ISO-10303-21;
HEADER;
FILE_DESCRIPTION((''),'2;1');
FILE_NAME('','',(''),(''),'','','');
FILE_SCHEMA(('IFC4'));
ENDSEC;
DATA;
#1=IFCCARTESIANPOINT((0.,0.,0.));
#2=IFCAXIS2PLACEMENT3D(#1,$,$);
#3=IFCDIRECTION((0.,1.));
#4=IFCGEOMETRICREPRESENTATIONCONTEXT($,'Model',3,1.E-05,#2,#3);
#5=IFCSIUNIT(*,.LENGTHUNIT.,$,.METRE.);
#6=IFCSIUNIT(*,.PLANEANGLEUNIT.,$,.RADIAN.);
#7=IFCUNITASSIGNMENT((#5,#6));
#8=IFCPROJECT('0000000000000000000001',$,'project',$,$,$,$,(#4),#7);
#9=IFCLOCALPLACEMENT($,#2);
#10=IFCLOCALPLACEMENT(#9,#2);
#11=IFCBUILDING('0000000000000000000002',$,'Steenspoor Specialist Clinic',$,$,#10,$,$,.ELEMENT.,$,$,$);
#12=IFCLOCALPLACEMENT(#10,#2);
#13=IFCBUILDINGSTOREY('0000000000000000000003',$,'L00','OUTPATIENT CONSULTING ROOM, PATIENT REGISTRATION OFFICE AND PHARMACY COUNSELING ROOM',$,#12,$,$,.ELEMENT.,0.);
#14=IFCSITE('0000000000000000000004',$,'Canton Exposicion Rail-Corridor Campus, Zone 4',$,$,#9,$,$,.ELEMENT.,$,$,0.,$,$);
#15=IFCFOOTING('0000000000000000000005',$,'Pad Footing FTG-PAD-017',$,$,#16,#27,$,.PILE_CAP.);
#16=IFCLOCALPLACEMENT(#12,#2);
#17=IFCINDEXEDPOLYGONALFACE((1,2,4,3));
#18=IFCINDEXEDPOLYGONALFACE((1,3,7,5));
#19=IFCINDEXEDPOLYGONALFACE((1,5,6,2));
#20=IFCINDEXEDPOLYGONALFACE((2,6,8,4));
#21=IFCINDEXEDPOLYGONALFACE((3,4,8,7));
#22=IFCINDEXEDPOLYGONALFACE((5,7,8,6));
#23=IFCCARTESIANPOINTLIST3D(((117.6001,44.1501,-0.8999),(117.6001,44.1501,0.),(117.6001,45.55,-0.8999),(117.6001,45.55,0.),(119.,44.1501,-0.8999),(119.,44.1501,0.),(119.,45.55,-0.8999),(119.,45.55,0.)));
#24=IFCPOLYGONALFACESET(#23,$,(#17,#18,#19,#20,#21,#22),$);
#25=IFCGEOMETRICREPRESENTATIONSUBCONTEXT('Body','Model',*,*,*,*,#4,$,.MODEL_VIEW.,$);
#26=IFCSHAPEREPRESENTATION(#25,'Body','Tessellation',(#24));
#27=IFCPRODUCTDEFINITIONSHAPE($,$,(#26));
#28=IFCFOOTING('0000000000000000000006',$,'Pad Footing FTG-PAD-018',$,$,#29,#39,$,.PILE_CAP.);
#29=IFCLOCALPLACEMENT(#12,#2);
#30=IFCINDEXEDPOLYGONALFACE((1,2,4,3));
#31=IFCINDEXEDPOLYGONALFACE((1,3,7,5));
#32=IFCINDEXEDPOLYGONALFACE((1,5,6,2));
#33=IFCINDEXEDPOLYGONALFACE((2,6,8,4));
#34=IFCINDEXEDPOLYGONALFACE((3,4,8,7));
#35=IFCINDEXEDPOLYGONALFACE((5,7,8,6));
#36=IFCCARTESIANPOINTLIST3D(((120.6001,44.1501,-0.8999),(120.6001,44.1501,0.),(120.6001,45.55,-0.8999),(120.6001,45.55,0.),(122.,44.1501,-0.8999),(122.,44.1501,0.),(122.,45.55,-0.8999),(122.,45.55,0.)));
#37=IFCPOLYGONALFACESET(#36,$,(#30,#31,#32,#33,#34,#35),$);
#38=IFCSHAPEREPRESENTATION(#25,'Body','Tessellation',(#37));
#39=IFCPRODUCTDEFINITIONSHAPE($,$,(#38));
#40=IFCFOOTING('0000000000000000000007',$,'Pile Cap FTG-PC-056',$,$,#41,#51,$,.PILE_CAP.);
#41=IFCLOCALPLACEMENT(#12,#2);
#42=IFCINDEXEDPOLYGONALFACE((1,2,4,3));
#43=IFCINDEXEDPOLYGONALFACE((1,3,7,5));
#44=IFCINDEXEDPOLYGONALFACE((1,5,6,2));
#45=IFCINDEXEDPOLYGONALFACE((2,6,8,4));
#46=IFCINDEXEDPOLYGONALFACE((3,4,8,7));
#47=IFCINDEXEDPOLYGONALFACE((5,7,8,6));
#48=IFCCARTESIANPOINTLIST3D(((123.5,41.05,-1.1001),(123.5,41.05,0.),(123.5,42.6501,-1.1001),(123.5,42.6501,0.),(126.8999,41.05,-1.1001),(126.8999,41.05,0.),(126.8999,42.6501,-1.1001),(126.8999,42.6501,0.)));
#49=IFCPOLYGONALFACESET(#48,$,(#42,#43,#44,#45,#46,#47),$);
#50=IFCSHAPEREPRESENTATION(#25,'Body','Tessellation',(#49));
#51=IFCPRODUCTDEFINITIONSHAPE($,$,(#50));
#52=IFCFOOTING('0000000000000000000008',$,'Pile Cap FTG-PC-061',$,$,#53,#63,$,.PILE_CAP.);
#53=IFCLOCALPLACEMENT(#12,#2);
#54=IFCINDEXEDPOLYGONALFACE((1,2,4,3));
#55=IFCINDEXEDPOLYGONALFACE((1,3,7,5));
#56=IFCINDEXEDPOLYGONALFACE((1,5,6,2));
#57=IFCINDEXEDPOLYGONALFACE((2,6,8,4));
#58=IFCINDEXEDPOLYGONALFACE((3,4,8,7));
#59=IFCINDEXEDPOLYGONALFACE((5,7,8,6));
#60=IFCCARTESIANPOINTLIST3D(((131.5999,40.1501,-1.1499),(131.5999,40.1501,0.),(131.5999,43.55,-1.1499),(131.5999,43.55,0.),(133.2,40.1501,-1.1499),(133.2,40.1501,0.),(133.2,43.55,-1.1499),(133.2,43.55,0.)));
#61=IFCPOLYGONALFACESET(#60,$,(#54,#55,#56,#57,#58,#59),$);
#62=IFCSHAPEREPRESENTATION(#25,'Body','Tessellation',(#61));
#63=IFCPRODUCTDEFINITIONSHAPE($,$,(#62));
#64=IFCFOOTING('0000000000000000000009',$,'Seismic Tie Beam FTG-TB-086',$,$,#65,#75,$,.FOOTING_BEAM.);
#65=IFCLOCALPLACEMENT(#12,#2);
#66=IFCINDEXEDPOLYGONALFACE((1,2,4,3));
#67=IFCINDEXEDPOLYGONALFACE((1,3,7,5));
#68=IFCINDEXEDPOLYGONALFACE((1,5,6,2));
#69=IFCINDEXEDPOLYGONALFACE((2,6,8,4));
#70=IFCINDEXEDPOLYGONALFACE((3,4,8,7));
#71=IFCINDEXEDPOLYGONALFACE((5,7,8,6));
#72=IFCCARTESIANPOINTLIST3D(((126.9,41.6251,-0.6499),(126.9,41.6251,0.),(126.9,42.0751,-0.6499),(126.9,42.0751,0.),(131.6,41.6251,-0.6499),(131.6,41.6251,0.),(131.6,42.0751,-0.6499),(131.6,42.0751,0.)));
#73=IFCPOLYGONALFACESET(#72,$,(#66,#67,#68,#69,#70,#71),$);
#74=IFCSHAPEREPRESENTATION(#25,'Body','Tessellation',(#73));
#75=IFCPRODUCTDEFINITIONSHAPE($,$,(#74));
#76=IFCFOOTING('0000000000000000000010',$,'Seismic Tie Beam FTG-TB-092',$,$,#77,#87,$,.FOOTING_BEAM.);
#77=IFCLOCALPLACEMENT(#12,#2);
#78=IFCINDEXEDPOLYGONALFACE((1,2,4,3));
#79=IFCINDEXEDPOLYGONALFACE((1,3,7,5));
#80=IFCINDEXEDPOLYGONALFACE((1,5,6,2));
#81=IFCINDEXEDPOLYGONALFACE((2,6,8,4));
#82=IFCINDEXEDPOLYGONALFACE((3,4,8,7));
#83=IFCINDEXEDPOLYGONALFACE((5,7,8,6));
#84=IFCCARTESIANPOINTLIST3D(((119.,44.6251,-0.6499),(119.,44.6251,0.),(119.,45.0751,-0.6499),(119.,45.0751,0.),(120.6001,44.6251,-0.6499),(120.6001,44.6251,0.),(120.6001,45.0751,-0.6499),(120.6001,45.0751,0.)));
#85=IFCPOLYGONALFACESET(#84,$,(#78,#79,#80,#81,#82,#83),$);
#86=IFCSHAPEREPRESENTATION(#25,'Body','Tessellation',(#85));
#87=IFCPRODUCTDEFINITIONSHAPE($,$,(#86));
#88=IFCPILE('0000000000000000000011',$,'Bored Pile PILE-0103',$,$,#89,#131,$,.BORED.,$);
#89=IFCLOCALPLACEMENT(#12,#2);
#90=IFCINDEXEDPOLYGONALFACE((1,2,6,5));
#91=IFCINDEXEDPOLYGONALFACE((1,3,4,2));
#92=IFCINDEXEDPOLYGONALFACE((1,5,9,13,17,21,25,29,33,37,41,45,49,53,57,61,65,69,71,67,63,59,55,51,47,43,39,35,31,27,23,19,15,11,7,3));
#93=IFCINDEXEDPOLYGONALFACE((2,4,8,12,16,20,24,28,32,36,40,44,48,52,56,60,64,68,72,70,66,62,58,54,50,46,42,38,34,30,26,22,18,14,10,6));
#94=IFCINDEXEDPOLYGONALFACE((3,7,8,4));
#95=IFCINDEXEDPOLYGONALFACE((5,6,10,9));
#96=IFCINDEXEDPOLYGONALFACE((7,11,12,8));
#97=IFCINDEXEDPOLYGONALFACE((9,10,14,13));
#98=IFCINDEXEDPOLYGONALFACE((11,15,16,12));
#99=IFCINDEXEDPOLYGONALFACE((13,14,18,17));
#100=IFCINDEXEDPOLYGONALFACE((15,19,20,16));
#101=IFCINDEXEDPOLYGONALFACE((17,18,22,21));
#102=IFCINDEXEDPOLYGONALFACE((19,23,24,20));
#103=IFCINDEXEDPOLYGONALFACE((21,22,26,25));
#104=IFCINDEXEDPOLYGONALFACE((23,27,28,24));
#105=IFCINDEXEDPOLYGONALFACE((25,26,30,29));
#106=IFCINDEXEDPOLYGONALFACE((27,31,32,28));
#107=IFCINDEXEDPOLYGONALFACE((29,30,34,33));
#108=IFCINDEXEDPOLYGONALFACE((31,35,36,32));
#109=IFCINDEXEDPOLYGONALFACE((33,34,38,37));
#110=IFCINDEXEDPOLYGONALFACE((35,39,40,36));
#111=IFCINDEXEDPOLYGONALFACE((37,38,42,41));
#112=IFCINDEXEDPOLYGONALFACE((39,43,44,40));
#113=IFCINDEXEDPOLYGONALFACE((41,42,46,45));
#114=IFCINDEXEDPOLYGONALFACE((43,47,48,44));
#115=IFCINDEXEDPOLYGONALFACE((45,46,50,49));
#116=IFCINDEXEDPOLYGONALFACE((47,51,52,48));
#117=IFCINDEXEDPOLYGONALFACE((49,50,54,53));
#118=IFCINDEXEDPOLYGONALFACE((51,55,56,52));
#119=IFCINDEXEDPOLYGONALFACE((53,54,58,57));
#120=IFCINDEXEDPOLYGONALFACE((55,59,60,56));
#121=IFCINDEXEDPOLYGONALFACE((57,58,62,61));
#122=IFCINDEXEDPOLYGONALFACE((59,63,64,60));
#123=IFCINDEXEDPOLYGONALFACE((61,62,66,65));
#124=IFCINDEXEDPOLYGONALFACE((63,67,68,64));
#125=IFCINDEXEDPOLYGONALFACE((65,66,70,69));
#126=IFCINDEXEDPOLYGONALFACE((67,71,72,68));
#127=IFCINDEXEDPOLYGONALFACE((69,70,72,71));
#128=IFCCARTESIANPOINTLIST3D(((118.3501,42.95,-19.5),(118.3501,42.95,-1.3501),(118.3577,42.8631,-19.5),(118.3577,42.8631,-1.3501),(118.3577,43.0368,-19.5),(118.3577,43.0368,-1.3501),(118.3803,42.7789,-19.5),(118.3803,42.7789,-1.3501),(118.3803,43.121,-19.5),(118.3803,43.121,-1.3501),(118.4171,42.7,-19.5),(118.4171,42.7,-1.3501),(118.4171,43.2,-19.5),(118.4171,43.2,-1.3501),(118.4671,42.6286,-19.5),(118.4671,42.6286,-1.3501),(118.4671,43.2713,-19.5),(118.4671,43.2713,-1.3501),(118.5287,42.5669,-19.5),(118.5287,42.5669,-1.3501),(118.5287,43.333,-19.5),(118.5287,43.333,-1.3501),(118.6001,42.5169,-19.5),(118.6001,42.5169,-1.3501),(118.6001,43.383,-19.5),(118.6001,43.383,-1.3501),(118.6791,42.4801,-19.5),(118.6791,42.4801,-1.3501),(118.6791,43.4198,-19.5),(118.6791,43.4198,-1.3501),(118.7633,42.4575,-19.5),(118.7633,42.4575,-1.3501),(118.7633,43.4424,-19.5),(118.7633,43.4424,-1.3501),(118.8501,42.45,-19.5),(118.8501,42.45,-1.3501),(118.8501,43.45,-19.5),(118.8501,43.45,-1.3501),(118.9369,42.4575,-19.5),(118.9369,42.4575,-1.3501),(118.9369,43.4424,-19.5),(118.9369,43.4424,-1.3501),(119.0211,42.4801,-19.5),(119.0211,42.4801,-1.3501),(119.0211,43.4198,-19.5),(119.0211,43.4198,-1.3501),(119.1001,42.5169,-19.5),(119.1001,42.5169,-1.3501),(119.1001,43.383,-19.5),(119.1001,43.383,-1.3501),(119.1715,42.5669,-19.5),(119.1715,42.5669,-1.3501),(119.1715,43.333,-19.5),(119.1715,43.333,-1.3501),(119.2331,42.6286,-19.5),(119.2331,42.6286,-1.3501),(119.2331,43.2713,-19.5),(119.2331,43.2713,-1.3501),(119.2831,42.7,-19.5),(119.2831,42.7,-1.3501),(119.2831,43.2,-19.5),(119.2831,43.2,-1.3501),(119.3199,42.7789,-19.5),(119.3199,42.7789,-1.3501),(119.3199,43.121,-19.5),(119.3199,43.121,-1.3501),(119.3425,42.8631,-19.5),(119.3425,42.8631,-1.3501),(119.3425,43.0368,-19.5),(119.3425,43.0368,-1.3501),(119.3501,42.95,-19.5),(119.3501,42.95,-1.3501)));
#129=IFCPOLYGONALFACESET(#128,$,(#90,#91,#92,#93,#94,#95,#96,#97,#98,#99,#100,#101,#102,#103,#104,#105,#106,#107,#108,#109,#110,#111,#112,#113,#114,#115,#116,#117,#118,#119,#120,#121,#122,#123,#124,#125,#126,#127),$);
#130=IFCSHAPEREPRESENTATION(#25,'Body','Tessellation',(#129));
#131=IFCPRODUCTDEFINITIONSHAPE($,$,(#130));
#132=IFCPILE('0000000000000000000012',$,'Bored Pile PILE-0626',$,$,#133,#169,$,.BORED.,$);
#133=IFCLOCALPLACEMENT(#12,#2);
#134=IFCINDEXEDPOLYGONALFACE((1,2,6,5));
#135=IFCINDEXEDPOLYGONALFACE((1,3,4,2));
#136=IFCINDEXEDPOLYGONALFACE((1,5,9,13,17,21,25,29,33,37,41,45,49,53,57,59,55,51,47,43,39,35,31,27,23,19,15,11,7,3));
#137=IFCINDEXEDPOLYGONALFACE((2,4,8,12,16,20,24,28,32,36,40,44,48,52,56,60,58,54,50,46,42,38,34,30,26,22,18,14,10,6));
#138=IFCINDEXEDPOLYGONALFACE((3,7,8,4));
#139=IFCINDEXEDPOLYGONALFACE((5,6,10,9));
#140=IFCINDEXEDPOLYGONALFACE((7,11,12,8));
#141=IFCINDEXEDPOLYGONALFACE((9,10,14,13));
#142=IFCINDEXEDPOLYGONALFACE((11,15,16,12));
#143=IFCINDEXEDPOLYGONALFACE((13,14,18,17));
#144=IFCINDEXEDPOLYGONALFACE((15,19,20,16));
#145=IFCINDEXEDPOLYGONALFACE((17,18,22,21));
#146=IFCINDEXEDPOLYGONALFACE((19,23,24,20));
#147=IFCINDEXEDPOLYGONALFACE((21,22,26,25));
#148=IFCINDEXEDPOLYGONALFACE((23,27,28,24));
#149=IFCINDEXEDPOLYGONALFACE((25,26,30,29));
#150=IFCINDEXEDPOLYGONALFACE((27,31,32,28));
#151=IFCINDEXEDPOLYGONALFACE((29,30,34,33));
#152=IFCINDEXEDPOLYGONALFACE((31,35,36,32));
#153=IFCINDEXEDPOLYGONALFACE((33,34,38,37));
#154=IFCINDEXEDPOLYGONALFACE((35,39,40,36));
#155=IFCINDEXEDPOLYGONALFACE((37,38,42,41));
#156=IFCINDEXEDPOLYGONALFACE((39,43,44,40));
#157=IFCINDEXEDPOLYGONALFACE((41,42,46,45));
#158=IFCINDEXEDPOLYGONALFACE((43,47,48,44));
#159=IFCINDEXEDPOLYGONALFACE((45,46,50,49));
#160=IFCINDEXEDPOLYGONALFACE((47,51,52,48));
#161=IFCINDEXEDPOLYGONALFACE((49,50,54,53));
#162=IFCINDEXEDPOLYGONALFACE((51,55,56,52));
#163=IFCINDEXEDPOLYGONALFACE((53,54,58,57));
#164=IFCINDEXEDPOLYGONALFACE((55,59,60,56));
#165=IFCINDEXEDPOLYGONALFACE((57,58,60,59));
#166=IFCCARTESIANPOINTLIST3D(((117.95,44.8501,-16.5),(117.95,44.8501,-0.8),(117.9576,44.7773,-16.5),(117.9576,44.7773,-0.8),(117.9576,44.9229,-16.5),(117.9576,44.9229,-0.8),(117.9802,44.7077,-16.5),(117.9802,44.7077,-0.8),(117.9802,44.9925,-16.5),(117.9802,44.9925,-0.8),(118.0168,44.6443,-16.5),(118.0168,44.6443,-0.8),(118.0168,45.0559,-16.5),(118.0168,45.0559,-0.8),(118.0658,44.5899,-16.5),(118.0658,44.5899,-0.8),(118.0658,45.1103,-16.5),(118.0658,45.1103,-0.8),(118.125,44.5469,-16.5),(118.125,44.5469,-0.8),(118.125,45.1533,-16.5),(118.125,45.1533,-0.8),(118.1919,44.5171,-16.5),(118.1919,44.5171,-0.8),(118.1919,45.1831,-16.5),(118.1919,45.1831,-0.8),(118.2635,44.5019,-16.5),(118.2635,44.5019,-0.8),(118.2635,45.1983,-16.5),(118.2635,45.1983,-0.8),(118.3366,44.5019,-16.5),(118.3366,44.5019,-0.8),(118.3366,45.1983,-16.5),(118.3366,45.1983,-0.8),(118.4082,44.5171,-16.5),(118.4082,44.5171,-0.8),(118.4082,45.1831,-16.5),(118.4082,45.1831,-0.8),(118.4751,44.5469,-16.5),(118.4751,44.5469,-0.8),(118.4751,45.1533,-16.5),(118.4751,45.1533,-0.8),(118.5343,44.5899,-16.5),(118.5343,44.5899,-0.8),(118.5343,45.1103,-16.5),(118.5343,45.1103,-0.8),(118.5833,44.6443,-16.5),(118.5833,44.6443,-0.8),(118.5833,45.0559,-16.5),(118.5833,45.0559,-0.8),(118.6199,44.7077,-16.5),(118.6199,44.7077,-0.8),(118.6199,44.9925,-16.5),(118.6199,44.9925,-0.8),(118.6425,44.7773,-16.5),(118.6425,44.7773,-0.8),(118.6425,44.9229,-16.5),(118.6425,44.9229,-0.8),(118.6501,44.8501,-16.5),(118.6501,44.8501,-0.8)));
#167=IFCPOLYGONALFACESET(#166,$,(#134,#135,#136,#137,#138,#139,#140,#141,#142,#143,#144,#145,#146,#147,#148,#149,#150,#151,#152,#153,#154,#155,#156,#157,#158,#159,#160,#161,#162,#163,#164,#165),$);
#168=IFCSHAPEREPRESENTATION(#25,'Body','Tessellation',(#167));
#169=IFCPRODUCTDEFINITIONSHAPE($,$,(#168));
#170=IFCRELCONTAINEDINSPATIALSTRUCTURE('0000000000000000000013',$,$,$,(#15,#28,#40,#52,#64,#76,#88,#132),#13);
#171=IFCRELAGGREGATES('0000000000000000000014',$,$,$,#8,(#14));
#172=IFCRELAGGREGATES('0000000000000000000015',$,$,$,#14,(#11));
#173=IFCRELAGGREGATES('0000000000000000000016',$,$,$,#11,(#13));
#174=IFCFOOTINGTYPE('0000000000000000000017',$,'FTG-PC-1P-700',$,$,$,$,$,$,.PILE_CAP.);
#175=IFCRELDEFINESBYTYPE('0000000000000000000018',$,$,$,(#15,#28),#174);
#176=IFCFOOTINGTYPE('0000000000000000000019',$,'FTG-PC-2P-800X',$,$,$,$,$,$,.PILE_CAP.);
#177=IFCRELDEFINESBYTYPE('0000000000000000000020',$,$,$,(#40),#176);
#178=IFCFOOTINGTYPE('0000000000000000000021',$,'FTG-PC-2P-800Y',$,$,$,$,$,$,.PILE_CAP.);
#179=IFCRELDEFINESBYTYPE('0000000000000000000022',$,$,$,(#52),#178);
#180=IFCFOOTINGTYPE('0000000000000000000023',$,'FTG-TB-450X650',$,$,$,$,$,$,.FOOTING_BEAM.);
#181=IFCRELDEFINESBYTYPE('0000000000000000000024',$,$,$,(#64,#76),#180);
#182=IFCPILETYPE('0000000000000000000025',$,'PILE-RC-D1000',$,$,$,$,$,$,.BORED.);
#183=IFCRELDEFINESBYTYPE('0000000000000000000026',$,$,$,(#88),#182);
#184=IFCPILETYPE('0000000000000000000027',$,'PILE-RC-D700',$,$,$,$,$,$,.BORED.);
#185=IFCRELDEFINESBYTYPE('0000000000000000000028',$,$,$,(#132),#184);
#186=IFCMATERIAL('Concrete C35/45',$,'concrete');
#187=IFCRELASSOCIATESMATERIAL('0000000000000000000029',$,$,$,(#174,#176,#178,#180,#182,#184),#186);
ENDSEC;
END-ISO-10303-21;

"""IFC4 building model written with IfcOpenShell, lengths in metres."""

from ifc_helpers import new_model, si_unit, direction, frame, origin, origin_2d, place, context, subcontext, project, spatial, rectangle, circle, extrude, material, material_profile, profile_set, type_object, element, save


model = new_model("IFC4")

# Units and contexts
model_context = context("Model", 3, precision=1e-05, world=origin(), true_north=direction((0.0, 1.0)))
body_context = subcontext(model_context, "Body", "Model", "MODEL_VIEW")
ifc_project = project(units=[si_unit("LENGTHUNIT", "METRE"), si_unit("PLANEANGLEUNIT", "RADIAN")], contexts=[model_context])

# Site, building, storey
site_placement = place(None, origin())
site = spatial("IfcSite", under=ifc_project, at=site_placement, Name="Canton Exposicion Rail-Corridor Campus, Zone 4", CompositionType="ELEMENT", RefElevation=0.0)
building_placement = place(site_placement, origin())
building = spatial("IfcBuilding", under=site, at=building_placement, Name="Steenspoor Specialist Clinic", CompositionType="ELEMENT")
storey_placement = place(building_placement, origin())
storey = spatial("IfcBuildingStorey", under=building, at=storey_placement, Name="L00", Description="OUTPATIENT CONSULTING ROOM, PATIENT REGISTRATION OFFICE AND PHARMACY COUNSELING ROOM", CompositionType="ELEMENT", Elevation=0.0)

# Footings
ifc_material_1 = material(Name="Concrete C35/45", Category="concrete")
footing_type_1 = type_object("IfcFootingType", Name="FTG-PC-1P-700", PredefinedType="PILE_CAP", material=ifc_material_1)
for number, where, z_axis, x_axis, name in (
    (1, (118.3, 44.8501, -0.8999), (0.0, 0.0, 1.0), (1.0, 0.0, 0.0), "Pad Footing FTG-PAD-017"),
    (2, (121.3, 44.8501, -0.8999), (0.0, 0.0, 1.0), (1.0, 0.0, 0.0), "Pad Footing FTG-PAD-018"),
):
    element("IfcFooting", number, at=place(storey_placement, frame(where, z_axis=z_axis, x_axis=x_axis)), inside=storey, type_object=footing_type_1, Name=name, PredefinedType="PILE_CAP", context=body_context, shape_type="SweptSolid", body=[
        extrude(rectangle(XDim=1.3999, YDim=1.3999, at=origin_2d()), origin(), (0.0, 0.0, 1.0), 0.8999),
    ])
footing_type_2 = type_object("IfcFootingType", Name="FTG-PC-2P-800X", PredefinedType="PILE_CAP", material=ifc_material_1)
footing_1_placement = place(storey_placement, frame((125.2, 41.8501, -1.1001), z_axis=(0.0, 0.0, 1.0), x_axis=(1.0, 0.0, 0.0)))
element("IfcFooting", 3, at=footing_1_placement, inside=storey, type_object=footing_type_2, Name="Pile Cap FTG-PC-056", PredefinedType="PILE_CAP", context=body_context, shape_type="SweptSolid", body=[
    extrude(rectangle(XDim=3.3999, YDim=1.6001, at=origin_2d()), origin(), (0.0, 0.0, 1.0), 1.1001),
])
footing_type_3 = type_object("IfcFootingType", Name="FTG-PC-2P-800Y", PredefinedType="PILE_CAP", material=ifc_material_1)
footing_2_placement = place(storey_placement, frame((132.3999, 41.8501, -1.1499), z_axis=(0.0, 0.0, 1.0), x_axis=(1.0, 0.0, 0.0)))
element("IfcFooting", 4, at=footing_2_placement, inside=storey, type_object=footing_type_3, Name="Pile Cap FTG-PC-061", PredefinedType="PILE_CAP", context=body_context, shape_type="SweptSolid", body=[
    extrude(rectangle(XDim=1.6001, YDim=3.3999, at=origin_2d()), origin(), (0.0, 0.0, 1.0), 1.1499),
])
footing_type_4 = type_object("IfcFootingType", Name="FTG-TB-450X650", PredefinedType="FOOTING_BEAM", material=ifc_material_1)
footing_3_placement = place(storey_placement, frame((129.25, 41.8501, -0.6499), z_axis=(0.0, 0.0, 1.0), x_axis=(1.0, 0.0, 0.0)))
element("IfcFooting", 5, at=footing_3_placement, inside=storey, type_object=footing_type_4, Name="Seismic Tie Beam FTG-TB-086", PredefinedType="FOOTING_BEAM", context=body_context, shape_type="SweptSolid", body=[
    extrude(rectangle(XDim=4.7, YDim=0.45, at=origin_2d()), origin(), (0.0, 0.0, 1.0), 0.6499),
])
footing_4_placement = place(storey_placement, frame((119.8, 44.8501, -0.6499), z_axis=(0.0, 0.0, 1.0), x_axis=(1.0, 0.0, 0.0)))
element("IfcFooting", 6, at=footing_4_placement, inside=storey, type_object=footing_type_4, Name="Seismic Tie Beam FTG-TB-092", PredefinedType="FOOTING_BEAM", context=body_context, shape_type="SweptSolid", body=[
    extrude(rectangle(XDim=1.6001, YDim=0.45, at=origin_2d()), origin(), (0.0, 0.0, 1.0), 0.6499),
])

# Piles
ifc_material_profile_1 = material_profile(ifc_material_1, circle(Radius=0.5, at=origin_2d()), Name="PILE-D1000")
ifc_profile_set_1 = profile_set([ifc_material_profile_1], Name="Concrete C35/45")
pile_type_1 = type_object("IfcPileType", Name="PILE-RC-D1000", PredefinedType="BORED", material=ifc_profile_set_1)
pile_1_placement = place(storey_placement, frame((118.8501, 42.95, -1.3501), z_axis=(0.0, 0.0, -1.0), x_axis=(1.0, 0.0, 0.0)))
element("IfcPile", 7, at=pile_1_placement, inside=storey, type_object=pile_type_1, Name="Bored Pile PILE-0103", PredefinedType="BORED", context=body_context, shape_type="SweptSolid", body=[
    extrude(circle(Radius=0.5, at=origin_2d()), origin(), (0.0, 0.0, 1.0), 18.1499),
])
ifc_material_profile_2 = material_profile(ifc_material_1, circle(Radius=0.3501, at=origin_2d()), Name="PILE-D700")
ifc_profile_set_2 = profile_set([ifc_material_profile_2], Name="Concrete C35/45")
pile_type_2 = type_object("IfcPileType", Name="PILE-RC-D700", PredefinedType="BORED", material=ifc_profile_set_2)
pile_2_placement = place(storey_placement, frame((118.3, 44.8501, -0.8), z_axis=(0.0, 0.0, -1.0), x_axis=(1.0, 0.0, 0.0)))
element("IfcPile", 8, at=pile_2_placement, inside=storey, type_object=pile_type_2, Name="Bored Pile PILE-0626", PredefinedType="BORED", context=body_context, shape_type="SweptSolid", body=[
    extrude(circle(Radius=0.3501, at=origin_2d()), origin(), (0.0, 0.0, 1.0), 15.7),
])

save(model, "model.ifc")
